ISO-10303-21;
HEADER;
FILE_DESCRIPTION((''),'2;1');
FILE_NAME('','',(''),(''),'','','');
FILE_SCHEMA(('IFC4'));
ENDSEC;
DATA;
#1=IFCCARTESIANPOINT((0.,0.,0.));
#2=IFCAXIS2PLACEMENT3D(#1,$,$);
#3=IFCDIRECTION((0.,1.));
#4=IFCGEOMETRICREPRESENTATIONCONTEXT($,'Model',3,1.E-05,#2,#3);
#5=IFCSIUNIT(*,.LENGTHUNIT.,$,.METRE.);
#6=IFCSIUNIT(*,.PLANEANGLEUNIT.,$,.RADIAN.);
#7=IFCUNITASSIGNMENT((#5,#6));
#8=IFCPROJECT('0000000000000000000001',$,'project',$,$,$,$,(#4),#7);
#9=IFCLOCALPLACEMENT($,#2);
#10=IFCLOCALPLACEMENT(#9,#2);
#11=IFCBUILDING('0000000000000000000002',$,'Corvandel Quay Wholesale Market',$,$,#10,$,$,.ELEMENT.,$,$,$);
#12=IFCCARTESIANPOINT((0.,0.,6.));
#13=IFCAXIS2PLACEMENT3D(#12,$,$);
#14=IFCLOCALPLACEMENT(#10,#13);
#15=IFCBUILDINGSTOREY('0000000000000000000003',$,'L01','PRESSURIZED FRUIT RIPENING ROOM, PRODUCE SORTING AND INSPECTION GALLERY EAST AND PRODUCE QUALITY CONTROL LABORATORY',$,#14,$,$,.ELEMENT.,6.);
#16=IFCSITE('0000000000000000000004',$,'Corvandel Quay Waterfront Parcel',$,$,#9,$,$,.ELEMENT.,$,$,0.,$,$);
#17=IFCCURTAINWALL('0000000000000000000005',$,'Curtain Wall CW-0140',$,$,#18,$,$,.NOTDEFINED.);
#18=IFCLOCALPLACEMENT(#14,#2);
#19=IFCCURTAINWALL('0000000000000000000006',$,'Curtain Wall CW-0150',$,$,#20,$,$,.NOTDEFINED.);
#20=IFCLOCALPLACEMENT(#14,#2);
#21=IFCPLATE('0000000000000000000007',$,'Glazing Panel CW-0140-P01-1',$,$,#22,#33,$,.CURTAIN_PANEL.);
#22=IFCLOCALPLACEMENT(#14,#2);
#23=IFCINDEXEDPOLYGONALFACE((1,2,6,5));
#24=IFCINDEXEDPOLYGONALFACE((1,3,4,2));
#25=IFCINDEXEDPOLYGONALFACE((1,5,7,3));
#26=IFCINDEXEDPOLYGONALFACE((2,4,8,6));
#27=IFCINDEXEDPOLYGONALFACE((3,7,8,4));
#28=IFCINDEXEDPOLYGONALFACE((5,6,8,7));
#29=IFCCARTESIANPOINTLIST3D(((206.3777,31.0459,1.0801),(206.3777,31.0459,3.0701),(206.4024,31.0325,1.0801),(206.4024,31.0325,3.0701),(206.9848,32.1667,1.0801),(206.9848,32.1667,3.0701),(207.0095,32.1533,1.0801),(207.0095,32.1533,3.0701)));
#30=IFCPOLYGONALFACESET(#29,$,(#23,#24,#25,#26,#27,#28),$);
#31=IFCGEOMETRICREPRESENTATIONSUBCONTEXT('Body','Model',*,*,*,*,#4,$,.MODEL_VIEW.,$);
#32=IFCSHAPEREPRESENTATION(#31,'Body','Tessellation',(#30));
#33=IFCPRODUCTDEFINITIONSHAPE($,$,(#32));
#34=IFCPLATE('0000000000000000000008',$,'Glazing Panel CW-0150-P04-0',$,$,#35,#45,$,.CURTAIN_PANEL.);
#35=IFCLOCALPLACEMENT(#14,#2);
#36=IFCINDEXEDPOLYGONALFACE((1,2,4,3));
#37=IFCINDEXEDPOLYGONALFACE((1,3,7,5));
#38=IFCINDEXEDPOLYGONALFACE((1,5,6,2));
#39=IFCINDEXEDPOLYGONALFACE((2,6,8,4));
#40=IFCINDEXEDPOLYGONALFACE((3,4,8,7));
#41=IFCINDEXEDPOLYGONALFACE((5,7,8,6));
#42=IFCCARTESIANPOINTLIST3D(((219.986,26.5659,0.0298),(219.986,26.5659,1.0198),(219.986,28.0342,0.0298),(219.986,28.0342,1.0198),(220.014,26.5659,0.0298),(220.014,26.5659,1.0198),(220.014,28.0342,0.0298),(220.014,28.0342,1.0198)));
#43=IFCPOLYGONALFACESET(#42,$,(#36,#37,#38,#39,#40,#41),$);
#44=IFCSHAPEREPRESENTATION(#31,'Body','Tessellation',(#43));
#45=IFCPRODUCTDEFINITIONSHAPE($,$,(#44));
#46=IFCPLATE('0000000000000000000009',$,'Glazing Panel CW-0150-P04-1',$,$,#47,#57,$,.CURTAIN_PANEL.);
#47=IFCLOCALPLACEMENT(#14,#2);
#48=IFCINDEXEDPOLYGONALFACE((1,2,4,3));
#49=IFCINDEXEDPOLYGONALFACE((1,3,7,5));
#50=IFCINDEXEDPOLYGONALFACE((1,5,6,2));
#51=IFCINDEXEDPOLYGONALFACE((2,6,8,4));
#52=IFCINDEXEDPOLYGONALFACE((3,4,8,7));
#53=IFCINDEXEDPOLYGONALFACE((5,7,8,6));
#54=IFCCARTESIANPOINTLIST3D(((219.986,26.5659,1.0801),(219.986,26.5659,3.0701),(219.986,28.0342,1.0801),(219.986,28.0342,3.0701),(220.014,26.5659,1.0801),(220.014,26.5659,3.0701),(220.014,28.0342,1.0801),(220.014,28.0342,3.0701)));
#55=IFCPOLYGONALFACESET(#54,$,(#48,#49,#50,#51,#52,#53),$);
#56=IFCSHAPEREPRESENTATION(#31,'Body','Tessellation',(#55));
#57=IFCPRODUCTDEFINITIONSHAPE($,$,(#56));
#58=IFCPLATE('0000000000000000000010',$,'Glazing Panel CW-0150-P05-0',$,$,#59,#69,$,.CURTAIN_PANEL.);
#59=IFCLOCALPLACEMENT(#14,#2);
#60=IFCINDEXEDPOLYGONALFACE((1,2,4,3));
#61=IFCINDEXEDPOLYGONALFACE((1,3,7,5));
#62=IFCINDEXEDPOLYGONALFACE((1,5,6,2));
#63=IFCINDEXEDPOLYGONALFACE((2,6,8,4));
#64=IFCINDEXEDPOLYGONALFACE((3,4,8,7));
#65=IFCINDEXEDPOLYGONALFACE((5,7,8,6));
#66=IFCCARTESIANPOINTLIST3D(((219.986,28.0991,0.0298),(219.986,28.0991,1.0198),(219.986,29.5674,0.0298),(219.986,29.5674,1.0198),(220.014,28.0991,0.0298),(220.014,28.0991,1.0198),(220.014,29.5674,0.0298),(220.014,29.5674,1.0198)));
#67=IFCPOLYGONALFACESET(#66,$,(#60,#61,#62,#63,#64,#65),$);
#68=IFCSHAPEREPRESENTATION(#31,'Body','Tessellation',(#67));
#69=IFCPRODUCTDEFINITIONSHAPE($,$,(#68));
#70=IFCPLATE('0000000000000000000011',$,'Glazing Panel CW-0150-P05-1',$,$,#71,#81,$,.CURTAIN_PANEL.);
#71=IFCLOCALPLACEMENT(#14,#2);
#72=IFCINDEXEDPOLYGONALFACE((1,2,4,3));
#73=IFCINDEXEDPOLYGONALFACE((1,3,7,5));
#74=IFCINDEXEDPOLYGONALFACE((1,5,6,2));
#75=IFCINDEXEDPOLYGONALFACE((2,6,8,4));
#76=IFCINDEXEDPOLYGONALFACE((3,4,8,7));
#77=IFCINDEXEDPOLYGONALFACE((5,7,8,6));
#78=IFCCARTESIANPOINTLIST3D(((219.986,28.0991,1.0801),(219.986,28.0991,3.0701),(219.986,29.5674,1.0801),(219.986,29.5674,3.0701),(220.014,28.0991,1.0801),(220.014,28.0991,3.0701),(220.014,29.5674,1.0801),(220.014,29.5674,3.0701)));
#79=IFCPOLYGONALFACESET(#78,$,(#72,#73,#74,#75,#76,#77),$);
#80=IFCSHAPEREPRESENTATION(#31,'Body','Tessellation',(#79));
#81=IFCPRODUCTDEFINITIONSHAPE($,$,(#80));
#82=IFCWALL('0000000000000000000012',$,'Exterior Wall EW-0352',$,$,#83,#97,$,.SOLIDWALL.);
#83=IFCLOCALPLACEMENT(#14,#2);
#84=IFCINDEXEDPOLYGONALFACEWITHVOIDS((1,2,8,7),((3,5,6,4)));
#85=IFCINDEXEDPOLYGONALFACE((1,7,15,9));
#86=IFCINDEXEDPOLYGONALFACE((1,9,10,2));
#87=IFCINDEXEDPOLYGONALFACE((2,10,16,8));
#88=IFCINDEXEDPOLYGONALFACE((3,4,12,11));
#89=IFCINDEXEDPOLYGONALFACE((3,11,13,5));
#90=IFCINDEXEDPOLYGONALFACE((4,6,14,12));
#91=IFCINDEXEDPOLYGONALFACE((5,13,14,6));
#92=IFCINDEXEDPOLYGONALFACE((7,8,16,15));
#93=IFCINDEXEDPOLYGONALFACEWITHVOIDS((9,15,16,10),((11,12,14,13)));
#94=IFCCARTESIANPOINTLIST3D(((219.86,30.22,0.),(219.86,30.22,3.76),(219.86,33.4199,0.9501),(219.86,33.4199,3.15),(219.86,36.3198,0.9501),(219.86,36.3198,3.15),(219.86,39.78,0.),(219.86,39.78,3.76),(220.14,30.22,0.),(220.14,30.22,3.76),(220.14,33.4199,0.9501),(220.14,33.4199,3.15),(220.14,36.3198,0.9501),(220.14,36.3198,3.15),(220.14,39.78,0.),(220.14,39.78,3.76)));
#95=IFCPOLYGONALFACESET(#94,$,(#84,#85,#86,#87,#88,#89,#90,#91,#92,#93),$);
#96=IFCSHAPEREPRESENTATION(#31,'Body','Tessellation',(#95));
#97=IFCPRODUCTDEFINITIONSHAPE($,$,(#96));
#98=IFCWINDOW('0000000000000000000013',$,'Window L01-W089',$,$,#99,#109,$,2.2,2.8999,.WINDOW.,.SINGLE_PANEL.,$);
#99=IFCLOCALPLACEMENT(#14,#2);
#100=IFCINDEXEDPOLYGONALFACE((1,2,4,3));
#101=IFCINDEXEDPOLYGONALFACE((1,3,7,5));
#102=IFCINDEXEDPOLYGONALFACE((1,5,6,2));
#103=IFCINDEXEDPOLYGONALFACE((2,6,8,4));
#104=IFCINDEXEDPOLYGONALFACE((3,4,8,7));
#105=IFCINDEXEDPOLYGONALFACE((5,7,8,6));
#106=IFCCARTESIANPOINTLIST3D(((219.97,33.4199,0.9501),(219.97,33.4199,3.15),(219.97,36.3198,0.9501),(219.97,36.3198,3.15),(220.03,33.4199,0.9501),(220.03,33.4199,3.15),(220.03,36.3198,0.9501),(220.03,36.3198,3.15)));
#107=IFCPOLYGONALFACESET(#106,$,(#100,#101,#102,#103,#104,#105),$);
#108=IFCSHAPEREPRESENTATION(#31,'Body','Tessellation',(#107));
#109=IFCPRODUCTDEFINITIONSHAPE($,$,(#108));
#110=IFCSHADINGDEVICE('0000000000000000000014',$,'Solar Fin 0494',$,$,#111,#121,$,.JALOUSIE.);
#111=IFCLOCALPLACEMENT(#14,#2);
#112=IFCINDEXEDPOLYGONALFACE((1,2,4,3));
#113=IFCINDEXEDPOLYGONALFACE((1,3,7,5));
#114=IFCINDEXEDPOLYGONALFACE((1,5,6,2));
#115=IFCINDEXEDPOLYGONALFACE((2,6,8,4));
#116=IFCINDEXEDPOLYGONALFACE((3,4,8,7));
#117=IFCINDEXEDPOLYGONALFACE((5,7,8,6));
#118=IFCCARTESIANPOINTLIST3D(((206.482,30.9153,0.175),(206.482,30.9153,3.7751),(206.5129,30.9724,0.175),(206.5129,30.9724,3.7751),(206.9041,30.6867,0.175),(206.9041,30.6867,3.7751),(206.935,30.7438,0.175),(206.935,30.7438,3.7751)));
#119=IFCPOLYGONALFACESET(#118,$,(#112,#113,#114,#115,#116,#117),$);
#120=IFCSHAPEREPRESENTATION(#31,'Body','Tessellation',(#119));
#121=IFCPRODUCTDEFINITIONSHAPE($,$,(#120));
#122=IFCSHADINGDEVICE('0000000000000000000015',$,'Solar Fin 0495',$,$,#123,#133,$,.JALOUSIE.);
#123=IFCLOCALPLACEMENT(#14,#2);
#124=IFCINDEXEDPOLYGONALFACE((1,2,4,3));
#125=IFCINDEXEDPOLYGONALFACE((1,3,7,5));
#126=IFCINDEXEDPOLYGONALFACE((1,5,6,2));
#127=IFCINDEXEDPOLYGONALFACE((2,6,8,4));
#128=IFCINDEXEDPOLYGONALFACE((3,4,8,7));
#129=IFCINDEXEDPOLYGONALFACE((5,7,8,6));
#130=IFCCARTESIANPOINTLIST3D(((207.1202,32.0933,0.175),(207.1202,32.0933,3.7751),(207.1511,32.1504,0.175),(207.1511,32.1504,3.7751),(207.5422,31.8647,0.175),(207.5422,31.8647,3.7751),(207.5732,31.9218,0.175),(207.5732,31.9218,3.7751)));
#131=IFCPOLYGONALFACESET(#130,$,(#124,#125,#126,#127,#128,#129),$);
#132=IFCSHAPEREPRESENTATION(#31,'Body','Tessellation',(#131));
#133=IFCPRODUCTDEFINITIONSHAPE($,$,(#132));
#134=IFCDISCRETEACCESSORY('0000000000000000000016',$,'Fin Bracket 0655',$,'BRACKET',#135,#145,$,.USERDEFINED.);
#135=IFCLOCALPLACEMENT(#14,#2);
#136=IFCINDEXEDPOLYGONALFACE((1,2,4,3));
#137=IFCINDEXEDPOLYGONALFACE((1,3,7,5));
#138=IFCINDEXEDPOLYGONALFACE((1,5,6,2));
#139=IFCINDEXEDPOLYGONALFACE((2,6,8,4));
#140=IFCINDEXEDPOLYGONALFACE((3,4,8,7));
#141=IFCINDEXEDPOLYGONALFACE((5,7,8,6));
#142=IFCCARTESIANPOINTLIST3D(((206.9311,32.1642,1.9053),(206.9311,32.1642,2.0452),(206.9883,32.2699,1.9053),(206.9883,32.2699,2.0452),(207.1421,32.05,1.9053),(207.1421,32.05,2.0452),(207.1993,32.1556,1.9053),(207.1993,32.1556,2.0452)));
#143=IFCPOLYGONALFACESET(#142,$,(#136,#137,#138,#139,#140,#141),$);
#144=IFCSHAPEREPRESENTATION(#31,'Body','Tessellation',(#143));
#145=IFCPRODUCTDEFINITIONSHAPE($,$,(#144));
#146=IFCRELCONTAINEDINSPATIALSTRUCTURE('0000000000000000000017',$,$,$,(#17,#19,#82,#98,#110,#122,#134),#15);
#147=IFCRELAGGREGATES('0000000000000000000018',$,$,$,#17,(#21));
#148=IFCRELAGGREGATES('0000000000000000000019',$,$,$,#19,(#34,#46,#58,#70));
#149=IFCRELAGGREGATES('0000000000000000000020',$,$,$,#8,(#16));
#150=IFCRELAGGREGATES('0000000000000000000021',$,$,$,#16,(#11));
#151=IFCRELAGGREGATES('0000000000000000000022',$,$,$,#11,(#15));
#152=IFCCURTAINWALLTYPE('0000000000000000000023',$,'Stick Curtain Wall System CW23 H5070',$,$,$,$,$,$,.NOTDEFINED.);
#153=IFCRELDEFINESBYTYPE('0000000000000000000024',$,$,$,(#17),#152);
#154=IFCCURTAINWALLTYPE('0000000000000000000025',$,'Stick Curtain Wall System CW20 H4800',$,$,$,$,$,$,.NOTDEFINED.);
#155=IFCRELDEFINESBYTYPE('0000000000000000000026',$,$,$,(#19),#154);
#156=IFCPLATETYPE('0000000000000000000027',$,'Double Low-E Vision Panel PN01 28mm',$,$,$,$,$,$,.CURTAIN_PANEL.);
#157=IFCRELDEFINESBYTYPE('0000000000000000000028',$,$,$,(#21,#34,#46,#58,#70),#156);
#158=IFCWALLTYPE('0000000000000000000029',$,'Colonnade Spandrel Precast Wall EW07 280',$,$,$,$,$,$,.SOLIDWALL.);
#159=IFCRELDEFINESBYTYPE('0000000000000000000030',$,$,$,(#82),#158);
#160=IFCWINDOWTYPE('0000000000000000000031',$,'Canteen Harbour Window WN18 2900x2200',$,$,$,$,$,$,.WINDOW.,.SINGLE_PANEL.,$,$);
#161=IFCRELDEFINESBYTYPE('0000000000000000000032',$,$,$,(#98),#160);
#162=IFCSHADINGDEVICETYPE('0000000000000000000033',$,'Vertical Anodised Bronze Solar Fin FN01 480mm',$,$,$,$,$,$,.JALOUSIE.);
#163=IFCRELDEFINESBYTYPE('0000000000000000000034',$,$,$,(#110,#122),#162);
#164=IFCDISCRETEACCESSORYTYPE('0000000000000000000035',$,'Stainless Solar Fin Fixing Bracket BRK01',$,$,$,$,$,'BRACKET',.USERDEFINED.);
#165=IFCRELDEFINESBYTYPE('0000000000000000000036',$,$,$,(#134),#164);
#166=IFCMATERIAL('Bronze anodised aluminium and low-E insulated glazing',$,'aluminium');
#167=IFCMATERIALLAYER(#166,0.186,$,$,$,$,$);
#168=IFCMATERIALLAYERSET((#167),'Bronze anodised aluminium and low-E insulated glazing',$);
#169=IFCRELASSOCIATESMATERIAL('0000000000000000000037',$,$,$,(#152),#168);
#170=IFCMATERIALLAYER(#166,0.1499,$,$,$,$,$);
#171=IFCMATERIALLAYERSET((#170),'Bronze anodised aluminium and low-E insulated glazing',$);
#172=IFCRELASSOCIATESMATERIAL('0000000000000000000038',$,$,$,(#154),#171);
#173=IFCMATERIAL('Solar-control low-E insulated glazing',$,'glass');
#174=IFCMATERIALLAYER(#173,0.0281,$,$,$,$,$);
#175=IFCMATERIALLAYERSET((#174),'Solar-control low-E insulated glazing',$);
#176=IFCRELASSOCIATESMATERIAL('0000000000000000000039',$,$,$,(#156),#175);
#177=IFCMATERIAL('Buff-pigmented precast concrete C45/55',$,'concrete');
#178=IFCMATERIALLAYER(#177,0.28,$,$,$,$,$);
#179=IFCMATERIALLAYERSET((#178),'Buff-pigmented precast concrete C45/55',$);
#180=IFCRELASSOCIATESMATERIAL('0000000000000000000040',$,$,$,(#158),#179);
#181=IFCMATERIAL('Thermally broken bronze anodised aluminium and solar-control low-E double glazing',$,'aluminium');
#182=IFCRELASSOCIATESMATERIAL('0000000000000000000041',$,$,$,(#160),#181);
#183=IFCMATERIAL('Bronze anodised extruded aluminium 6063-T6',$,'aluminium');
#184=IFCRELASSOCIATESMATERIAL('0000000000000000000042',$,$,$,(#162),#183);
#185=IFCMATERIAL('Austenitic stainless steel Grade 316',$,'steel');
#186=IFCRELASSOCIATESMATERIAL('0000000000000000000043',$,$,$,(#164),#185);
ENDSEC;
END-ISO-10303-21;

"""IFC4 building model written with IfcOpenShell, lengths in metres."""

from ifc_helpers import new_model, si_unit, direction, frame, frame_2d, origin, origin_2d, place, context, subcontext, project, spatial, rectangle, extrude, material, layer, layer_set, type_object, element, fill, aggregate, save


model = new_model("IFC4")

# Units and contexts
model_context = context("Model", 3, precision=1e-05, world=origin(), true_north=direction((0.0, 1.0)))
body_context = subcontext(model_context, "Body", "Model", "MODEL_VIEW")
ifc_project = project(units=[si_unit("LENGTHUNIT", "METRE"), si_unit("PLANEANGLEUNIT", "RADIAN")], contexts=[model_context])

# Site, building, storey
site_placement = place(None, origin())
site = spatial("IfcSite", under=ifc_project, at=site_placement, Name="Corvandel Quay Waterfront Parcel", CompositionType="ELEMENT", RefElevation=0.0)
building_placement = place(site_placement, origin())
building = spatial("IfcBuilding", under=site, at=building_placement, Name="Corvandel Quay Wholesale Market", CompositionType="ELEMENT")
storey_placement = place(building_placement, frame((0.0, 0.0, 6.0)))
storey = spatial("IfcBuildingStorey", under=building, at=storey_placement, Name="L01", Description="PRESSURIZED FRUIT RIPENING ROOM, PRODUCE SORTING AND INSPECTION GALLERY EAST AND PRODUCE QUALITY CONTROL LABORATORY", CompositionType="ELEMENT", Elevation=6.0)

# Curtain wall
ifc_material_1 = material(Name="Bronze anodised aluminium and low-E insulated glazing", Category="aluminium")
ifc_layer_1 = layer(ifc_material_1, 0.186)
ifc_layer_set_1 = layer_set([ifc_layer_1], Name="Bronze anodised aluminium and low-E insulated glazing")
curtain_wall_type_1 = type_object("IfcCurtainWallType", Name="Stick Curtain Wall System CW23 H5070", PredefinedType="NOTDEFINED", material=ifc_layer_set_1)
curtain_wall_1_placement = place(storey_placement, origin())
curtain_wall_1 = element("IfcCurtainWall", 1, at=curtain_wall_1_placement, inside=storey, type_object=curtain_wall_type_1, Name="Curtain Wall CW-0140", PredefinedType="NOTDEFINED")

# Curtain wall
ifc_layer_2 = layer(ifc_material_1, 0.1499)
ifc_layer_set_2 = layer_set([ifc_layer_2], Name="Bronze anodised aluminium and low-E insulated glazing")
curtain_wall_type_2 = type_object("IfcCurtainWallType", Name="Stick Curtain Wall System CW20 H4800", PredefinedType="NOTDEFINED", material=ifc_layer_set_2)
curtain_wall_2_placement = place(storey_placement, origin())
curtain_wall_2 = element("IfcCurtainWall", 2, at=curtain_wall_2_placement, inside=storey, type_object=curtain_wall_type_2, Name="Curtain Wall CW-0150", PredefinedType="NOTDEFINED")

# Plates
ifc_material_2 = material(Name="Solar-control low-E insulated glazing", Category="glass")
ifc_layer_3 = layer(ifc_material_2, 0.0281)
ifc_layer_set_3 = layer_set([ifc_layer_3], Name="Solar-control low-E insulated glazing")
plate_type_1 = type_object("IfcPlateType", Name="Double Low-E Vision Panel PN01 28mm", PredefinedType="CURTAIN_PANEL", material=ifc_layer_set_3)
plate_1_placement = place(storey_placement, frame((206.6936, 31.5996, 1.0801), z_axis=(0.0, 0.0, 1.0), x_axis=(0.476238, 0.879316, 0.0)))
plate_1 = element("IfcPlate", 3, at=plate_1_placement, type_object=plate_type_1, Name="Glazing Panel CW-0140-P01-1", PredefinedType="CURTAIN_PANEL", context=body_context, shape_type="SweptSolid", body=[
    extrude(rectangle(XDim=1.2747, YDim=0.0281, at=origin_2d()), origin(), (0.0, 0.0, 1.0), 1.99),
])
aggregate(curtain_wall_1, [plate_1])
plate_2_placement = place(storey_placement, frame((220.0, 27.3, 0.0298), z_axis=(0.0, 0.0, 1.0), x_axis=(0.0, 1.0, 0.0)))
plate_2 = element("IfcPlate", 4, at=plate_2_placement, type_object=plate_type_1, Name="Glazing Panel CW-0150-P04-0", PredefinedType="CURTAIN_PANEL", context=body_context, shape_type="SweptSolid", body=[
    extrude(rectangle(XDim=1.4683, YDim=0.0281, at=origin_2d()), origin(), (0.0, 0.0, 1.0), 0.99),
])
plate_3_placement = place(storey_placement, frame((220.0, 27.3, 1.0801), z_axis=(0.0, 0.0, 1.0), x_axis=(0.0, 1.0, 0.0)))
plate_3 = element("IfcPlate", 5, at=plate_3_placement, type_object=plate_type_1, Name="Glazing Panel CW-0150-P04-1", PredefinedType="CURTAIN_PANEL", context=body_context, shape_type="SweptSolid", body=[
    extrude(rectangle(XDim=1.4683, YDim=0.0281, at=origin_2d()), origin(), (0.0, 0.0, 1.0), 1.99),
])
plate_4_placement = place(storey_placement, frame((220.0, 28.8333, 0.0298), z_axis=(0.0, 0.0, 1.0), x_axis=(0.0, 1.0, 0.0)))
plate_4 = element("IfcPlate", 6, at=plate_4_placement, type_object=plate_type_1, Name="Glazing Panel CW-0150-P05-0", PredefinedType="CURTAIN_PANEL", context=body_context, shape_type="SweptSolid", body=[
    extrude(rectangle(XDim=1.4683, YDim=0.0281, at=origin_2d()), origin(), (0.0, 0.0, 1.0), 0.99),
])
plate_5_placement = place(storey_placement, frame((220.0, 28.8333, 1.0801), z_axis=(0.0, 0.0, 1.0), x_axis=(0.0, 1.0, 0.0)))
plate_5 = element("IfcPlate", 7, at=plate_5_placement, type_object=plate_type_1, Name="Glazing Panel CW-0150-P05-1", PredefinedType="CURTAIN_PANEL", context=body_context, shape_type="SweptSolid", body=[
    extrude(rectangle(XDim=1.4683, YDim=0.0281, at=origin_2d()), origin(), (0.0, 0.0, 1.0), 1.99),
])
aggregate(curtain_wall_2, [plate_2, plate_3, plate_4, plate_5])

# Wall, opening, window
ifc_material_3 = material(Name="Buff-pigmented precast concrete C45/55", Category="concrete")
ifc_layer_4 = layer(ifc_material_3, 0.28)
ifc_layer_set_4 = layer_set([ifc_layer_4], Name="Buff-pigmented precast concrete C45/55")
wall_type = type_object("IfcWallType", Name="Colonnade Spandrel Precast Wall EW07 280", PredefinedType="SOLIDWALL", material=ifc_layer_set_4)
wall_placement = place(storey_placement, frame((220.0, 30.22, 0.0), z_axis=(0.0, 0.0, 1.0), x_axis=(0.0, 1.0, 0.0)))
wall = element("IfcWall", 8, at=wall_placement, inside=storey, type_object=wall_type, Name="Exterior Wall EW-0352", PredefinedType="SOLIDWALL", context=body_context, shape_type="SweptSolid", body=[
    extrude(rectangle(XDim=9.5601, YDim=0.28, at=frame_2d((4.78, 0.0))), origin(), (0.0, 0.0, 1.0), 3.76),
])
opening_placement = place(wall_placement, frame((3.2, 0.0, 0.95)))
opening = element("IfcOpeningElement", 9, at=opening_placement, cuts=wall, PredefinedType="OPENING", context=body_context, shape_type="SweptSolid", body=[
    extrude(rectangle(XDim=2.8999, YDim=2.2, at=frame_2d((1.45, 1.1001))), frame((0.0, 0.1499, 0.0), z_axis=(0.0, -1.0, 0.0), x_axis=(1.0, 0.0, 0.0)), (0.0, 0.0, 1.0), 0.3),
])
ifc_material_4 = material(Name="Thermally broken bronze anodised aluminium and solar-control low-E double glazing", Category="aluminium")
window_type = type_object("IfcWindowType", Name="Canteen Harbour Window WN18 2900x2200", PartitioningType="SINGLE_PANEL", PredefinedType="WINDOW", material=ifc_material_4)
window_placement = place(opening_placement, origin())
window = element("IfcWindow", 10, at=window_placement, inside=storey, type_object=window_type, Name="Window L01-W089", OverallHeight=2.2, OverallWidth=2.8999, PartitioningType="SINGLE_PANEL", PredefinedType="WINDOW", context=body_context, shape_type="SweptSolid", body=[
    extrude(rectangle(XDim=2.8999, YDim=2.2, at=frame_2d((1.45, 1.1001))), frame((0.0, 0.03, 0.0), z_axis=(0.0, -1.0, 0.0), x_axis=(1.0, 0.0, 0.0)), (0.0, 0.0, 1.0), 0.0601),
])
fill(opening, window)

# Shading devices
ifc_material_5 = material(Name="Bronze anodised extruded aluminium 6063-T6", Category="aluminium")
shading_device_type = type_object("IfcShadingDeviceType", Name="Vertical Anodised Bronze Solar Fin FN01 480mm", PredefinedType="JALOUSIE", material=ifc_material_5)
for number, where, z_axis, x_axis, name in (
    (11, (206.7085, 30.8296, 0.175), (0.0, 0.0, 1.0), (-0.879316, 0.476238, 0.0), "Solar Fin 0494"),
    (12, (207.3467, 32.0076, 0.175), (0.0, 0.0, 1.0), (-0.879316, 0.476238, 0.0), "Solar Fin 0495"),
):
    element("IfcShadingDevice", number, at=place(storey_placement, frame(where, z_axis=z_axis, x_axis=x_axis)), inside=storey, type_object=shading_device_type, Name=name, PredefinedType="JALOUSIE", context=body_context, shape_type="SweptSolid", body=[
        extrude(rectangle(XDim=0.48, YDim=0.0649, at=origin_2d()), origin(), (0.0, 0.0, 1.0), 3.6001),
    ])

# Discrete accessory
ifc_material_6 = material(Name="Austenitic stainless steel Grade 316", Category="steel")
discrete_accessory_type = type_object("IfcDiscreteAccessoryType", Name="Stainless Solar Fin Fixing Bracket BRK01", ElementType="BRACKET", PredefinedType="USERDEFINED", material=ifc_material_6)
discrete_accessory_placement = place(storey_placement, frame((207.0652, 32.1599, 1.9053), z_axis=(0.0, 0.0, 1.0), x_axis=(-0.879316, 0.476238, 0.0)))
element("IfcDiscreteAccessory", 13, at=discrete_accessory_placement, inside=storey, type_object=discrete_accessory_type, Name="Fin Bracket 0655", ObjectType="BRACKET", PredefinedType="USERDEFINED", context=body_context, shape_type="SweptSolid", body=[
    extrude(rectangle(XDim=0.24, YDim=0.1201, at=origin_2d()), origin(), (0.0, 0.0, 1.0), 0.1399),
])

save(model, "model.ifc")
